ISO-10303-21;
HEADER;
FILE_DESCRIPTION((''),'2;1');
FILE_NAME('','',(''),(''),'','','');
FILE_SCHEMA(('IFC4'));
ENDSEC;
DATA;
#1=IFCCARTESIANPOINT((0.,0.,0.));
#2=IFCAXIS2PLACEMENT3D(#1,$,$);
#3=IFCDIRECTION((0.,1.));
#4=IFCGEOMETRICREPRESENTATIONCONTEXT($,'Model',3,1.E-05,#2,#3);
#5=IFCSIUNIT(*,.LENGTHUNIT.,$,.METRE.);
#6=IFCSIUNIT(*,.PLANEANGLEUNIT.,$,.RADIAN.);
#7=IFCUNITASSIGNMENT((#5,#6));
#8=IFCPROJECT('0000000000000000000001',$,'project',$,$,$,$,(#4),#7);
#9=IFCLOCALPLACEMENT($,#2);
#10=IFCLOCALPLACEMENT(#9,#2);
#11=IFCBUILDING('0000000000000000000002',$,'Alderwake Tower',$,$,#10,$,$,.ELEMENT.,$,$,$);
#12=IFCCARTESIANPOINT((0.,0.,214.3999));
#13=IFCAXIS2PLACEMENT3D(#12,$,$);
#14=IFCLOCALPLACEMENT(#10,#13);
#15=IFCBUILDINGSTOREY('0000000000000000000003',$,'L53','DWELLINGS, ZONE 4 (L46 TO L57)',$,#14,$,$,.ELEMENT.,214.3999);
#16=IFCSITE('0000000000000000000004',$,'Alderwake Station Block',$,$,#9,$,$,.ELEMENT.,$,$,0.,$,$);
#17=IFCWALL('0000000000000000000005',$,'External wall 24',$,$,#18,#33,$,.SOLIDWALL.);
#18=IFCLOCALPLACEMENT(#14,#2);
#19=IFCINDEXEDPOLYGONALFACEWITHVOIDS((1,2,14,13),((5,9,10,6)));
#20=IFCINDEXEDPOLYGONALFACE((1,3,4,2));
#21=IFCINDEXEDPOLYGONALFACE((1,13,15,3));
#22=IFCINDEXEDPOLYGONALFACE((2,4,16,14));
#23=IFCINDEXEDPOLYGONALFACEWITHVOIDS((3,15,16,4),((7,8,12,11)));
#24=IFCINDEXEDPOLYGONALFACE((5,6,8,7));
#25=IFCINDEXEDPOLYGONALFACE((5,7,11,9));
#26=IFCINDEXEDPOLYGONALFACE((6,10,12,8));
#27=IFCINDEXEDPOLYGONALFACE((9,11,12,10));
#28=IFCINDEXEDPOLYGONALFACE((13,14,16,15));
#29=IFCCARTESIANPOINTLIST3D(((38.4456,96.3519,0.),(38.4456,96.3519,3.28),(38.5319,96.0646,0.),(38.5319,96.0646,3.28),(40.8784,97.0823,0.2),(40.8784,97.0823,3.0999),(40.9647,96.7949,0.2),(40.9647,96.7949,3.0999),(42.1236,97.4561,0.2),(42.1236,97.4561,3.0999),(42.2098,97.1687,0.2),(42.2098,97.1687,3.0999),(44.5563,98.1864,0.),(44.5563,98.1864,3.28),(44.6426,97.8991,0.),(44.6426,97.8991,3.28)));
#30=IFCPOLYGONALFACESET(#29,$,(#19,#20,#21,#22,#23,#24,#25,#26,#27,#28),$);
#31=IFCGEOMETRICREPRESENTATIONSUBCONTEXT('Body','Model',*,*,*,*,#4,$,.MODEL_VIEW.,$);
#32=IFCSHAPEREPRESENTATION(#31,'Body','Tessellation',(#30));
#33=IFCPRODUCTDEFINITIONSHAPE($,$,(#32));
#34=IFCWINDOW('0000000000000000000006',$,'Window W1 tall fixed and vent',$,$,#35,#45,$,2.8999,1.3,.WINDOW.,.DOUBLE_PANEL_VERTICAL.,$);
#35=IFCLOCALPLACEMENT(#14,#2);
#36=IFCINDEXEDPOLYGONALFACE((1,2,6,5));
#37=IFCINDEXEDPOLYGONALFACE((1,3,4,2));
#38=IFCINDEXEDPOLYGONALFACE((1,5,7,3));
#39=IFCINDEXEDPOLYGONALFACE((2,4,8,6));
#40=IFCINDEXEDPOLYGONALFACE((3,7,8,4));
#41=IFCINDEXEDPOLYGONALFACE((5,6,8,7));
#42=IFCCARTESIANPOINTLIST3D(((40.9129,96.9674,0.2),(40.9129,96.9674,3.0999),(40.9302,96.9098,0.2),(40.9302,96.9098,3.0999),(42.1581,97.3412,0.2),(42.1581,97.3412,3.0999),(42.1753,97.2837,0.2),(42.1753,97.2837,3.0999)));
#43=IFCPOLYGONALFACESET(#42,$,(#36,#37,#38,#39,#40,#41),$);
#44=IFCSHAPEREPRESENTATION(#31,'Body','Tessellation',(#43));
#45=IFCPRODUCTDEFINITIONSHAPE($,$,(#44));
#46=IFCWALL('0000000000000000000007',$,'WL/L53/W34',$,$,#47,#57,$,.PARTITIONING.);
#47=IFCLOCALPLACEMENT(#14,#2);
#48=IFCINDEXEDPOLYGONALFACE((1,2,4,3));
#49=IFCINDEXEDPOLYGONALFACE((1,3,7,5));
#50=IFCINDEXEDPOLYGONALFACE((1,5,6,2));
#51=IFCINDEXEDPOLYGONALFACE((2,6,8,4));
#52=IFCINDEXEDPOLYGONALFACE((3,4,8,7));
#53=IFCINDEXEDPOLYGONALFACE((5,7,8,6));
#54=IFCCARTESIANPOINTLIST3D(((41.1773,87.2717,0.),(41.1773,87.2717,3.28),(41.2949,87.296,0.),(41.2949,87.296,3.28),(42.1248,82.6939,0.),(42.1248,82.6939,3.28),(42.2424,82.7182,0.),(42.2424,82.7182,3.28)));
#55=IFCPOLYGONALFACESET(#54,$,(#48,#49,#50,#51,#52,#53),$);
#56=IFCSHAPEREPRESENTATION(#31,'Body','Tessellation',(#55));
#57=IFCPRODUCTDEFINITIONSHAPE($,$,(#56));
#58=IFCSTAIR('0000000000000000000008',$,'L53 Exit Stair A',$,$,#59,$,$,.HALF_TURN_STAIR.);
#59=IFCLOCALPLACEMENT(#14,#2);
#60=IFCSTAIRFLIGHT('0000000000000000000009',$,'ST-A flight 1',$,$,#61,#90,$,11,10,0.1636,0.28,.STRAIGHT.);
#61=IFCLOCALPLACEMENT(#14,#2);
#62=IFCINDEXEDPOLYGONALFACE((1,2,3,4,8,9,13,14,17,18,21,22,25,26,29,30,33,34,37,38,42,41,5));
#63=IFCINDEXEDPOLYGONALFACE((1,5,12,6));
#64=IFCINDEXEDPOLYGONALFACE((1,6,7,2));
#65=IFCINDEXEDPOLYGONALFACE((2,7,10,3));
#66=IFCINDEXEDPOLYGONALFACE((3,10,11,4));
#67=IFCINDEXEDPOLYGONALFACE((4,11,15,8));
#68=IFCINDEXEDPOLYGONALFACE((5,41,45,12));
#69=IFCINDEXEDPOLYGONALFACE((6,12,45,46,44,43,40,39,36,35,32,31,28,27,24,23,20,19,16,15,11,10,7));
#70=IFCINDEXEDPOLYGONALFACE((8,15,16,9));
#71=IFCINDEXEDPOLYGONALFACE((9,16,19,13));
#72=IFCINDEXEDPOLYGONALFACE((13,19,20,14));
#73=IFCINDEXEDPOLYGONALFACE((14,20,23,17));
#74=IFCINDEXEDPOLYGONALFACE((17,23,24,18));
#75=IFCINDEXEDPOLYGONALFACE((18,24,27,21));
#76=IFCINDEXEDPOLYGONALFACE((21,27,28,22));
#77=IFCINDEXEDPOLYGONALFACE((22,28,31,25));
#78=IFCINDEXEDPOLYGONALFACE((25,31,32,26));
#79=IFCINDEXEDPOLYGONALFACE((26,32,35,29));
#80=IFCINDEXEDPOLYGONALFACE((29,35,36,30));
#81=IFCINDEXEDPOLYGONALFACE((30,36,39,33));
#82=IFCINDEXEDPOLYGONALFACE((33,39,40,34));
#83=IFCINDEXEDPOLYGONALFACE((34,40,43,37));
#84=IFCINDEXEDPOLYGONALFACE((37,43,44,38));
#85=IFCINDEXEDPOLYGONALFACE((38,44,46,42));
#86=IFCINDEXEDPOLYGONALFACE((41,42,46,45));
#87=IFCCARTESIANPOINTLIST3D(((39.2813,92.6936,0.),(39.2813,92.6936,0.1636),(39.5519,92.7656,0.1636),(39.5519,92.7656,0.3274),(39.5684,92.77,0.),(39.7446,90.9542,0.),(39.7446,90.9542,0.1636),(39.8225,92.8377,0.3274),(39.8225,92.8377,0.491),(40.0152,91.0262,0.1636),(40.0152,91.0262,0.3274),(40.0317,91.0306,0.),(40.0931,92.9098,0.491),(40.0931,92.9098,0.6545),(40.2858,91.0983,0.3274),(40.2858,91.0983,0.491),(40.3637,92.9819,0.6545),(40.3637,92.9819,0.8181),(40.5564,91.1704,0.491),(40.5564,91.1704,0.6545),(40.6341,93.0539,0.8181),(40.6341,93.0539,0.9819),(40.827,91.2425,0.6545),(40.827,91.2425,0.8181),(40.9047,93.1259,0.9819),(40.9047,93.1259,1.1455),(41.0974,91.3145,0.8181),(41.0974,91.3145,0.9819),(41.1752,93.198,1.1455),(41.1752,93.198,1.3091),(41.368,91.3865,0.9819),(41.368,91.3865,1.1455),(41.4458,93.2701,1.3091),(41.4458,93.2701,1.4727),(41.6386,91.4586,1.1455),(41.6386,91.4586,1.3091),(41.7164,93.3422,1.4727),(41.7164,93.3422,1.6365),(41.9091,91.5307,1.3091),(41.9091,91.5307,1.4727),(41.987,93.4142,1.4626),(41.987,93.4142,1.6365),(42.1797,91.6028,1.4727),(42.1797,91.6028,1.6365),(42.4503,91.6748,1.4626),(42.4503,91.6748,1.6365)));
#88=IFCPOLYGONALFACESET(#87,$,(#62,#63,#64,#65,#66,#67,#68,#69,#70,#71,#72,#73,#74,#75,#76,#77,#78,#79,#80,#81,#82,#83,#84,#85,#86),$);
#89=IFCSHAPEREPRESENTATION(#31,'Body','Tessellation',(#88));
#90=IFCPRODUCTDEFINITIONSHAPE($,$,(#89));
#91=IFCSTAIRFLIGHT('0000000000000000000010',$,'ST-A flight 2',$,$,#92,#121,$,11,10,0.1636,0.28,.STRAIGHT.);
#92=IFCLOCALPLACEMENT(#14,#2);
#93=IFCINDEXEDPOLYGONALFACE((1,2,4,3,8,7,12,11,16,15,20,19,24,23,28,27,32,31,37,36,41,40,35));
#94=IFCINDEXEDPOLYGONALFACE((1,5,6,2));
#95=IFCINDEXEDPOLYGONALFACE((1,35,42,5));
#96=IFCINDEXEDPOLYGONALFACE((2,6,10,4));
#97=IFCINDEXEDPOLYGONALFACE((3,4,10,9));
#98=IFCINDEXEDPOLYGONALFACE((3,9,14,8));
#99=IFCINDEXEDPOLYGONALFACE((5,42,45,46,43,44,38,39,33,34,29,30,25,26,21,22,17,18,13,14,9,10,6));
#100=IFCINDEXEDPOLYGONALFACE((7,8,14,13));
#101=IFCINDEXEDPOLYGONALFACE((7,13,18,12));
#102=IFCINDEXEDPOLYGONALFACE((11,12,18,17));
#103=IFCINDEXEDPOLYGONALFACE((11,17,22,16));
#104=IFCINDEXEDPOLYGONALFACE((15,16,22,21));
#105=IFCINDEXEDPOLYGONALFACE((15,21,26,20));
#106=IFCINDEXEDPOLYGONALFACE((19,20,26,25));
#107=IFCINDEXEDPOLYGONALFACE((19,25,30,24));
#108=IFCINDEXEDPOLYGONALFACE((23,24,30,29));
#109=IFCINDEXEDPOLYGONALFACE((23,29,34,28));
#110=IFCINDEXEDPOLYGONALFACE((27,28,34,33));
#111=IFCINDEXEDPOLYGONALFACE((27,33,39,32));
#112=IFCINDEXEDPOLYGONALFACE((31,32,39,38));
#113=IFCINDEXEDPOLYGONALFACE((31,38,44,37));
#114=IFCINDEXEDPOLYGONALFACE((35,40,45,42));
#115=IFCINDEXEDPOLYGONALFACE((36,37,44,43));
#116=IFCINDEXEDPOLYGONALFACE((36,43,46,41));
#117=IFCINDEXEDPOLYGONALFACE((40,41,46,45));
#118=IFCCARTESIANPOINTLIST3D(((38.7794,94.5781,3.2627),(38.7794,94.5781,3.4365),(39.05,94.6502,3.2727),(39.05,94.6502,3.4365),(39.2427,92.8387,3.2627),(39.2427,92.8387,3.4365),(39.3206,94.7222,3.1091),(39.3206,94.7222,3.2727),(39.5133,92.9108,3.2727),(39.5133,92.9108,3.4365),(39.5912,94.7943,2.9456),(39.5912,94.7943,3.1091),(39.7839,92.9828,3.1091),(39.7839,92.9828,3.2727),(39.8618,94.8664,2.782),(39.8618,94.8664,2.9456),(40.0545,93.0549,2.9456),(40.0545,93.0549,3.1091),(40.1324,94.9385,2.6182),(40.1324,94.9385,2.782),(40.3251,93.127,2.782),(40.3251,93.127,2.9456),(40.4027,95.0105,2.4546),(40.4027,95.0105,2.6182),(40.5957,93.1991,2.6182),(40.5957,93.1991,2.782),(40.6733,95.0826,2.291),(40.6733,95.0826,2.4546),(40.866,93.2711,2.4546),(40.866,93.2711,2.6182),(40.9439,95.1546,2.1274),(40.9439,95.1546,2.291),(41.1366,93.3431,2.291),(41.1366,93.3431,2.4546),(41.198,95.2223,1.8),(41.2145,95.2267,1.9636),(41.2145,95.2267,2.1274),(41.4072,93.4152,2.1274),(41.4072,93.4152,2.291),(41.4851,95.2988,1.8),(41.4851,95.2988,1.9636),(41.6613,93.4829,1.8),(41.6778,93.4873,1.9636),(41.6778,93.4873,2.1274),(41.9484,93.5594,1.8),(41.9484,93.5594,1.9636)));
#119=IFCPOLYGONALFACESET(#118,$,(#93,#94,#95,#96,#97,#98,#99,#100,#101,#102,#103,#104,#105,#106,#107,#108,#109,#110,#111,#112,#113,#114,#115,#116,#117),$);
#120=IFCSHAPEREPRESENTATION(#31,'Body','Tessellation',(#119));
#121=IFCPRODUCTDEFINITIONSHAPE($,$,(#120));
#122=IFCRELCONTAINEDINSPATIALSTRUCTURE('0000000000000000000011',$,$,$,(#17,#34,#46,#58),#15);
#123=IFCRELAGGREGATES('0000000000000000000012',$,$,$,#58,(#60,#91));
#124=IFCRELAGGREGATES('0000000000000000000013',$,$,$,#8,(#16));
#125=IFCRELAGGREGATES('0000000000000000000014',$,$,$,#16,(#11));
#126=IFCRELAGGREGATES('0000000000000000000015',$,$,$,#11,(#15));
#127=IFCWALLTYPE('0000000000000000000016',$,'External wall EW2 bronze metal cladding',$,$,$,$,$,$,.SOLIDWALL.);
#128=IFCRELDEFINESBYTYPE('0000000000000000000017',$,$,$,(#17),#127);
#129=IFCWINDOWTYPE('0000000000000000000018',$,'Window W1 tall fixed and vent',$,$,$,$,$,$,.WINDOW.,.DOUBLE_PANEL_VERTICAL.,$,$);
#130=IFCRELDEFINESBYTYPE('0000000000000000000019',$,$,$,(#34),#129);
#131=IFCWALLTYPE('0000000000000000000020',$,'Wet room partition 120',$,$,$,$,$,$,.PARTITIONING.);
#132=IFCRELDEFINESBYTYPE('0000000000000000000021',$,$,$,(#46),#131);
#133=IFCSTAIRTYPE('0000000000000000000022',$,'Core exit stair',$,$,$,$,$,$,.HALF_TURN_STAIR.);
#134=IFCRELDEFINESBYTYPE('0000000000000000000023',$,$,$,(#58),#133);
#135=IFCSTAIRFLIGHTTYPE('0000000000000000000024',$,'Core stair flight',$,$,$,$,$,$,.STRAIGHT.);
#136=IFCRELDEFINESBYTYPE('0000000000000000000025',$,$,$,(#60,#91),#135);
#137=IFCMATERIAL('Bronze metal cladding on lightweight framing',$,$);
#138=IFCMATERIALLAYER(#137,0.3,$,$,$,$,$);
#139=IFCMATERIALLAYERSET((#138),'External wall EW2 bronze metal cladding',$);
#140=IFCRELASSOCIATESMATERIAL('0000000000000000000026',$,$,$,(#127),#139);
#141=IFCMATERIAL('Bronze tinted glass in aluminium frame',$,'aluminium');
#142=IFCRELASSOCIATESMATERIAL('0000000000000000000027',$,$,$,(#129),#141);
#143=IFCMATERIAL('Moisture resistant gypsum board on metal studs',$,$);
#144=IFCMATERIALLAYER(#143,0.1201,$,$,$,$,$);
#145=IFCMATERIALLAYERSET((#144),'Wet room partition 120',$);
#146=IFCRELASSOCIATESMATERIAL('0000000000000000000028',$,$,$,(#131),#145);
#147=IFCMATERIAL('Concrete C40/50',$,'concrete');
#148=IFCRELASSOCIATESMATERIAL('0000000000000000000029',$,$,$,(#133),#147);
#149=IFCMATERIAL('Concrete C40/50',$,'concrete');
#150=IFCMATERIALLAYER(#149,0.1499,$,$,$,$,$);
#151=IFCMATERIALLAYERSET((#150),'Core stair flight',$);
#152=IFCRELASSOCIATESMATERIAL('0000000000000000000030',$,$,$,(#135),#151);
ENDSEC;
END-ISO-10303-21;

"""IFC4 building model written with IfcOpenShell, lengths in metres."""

from ifc_helpers import new_model, si_unit, direction, frame, frame_2d, origin, place, context, subcontext, project, spatial, polyline, rectangle, outline, extrude, material, layer, layer_set, type_object, element, fill, aggregate, save


model = new_model("IFC4")

# Units and contexts
model_context = context("Model", 3, precision=1e-05, world=origin(), true_north=direction((0.0, 1.0)))
body_context = subcontext(model_context, "Body", "Model", "MODEL_VIEW")
ifc_project = project(units=[si_unit("LENGTHUNIT", "METRE"), si_unit("PLANEANGLEUNIT", "RADIAN")], contexts=[model_context])

# Site, building, storey
site_placement = place(None, origin())
site = spatial("IfcSite", under=ifc_project, at=site_placement, Name="Alderwake Station Block", CompositionType="ELEMENT", RefElevation=0.0)
building_placement = place(site_placement, origin())
building = spatial("IfcBuilding", under=site, at=building_placement, Name="Alderwake Tower", CompositionType="ELEMENT")
storey_placement = place(building_placement, frame((0.0, 0.0, 214.3999)))
storey = spatial("IfcBuildingStorey", under=building, at=storey_placement, Name="L53", Description="DWELLINGS, ZONE 4 (L46 TO L57)", CompositionType="ELEMENT", Elevation=214.3999)

# Wall, opening, window
ifc_material_1 = material(Name="Bronze metal cladding on lightweight framing")
ifc_layer_1 = layer(ifc_material_1, 0.3)
ifc_layer_set_1 = layer_set([ifc_layer_1], Name="External wall EW2 bronze metal cladding")
wall_type_1 = type_object("IfcWallType", Name="External wall EW2 bronze metal cladding", PredefinedType="SOLIDWALL", material=ifc_layer_set_1)
wall_1_placement = place(storey_placement, frame((44.5994, 98.0427, 0.0), z_axis=(0.0, 0.0, 1.0), x_axis=(-0.95777, -0.287534, 0.0)))
wall_1 = element("IfcWall", 1, at=wall_1_placement, inside=storey, type_object=wall_type_1, Name="External wall 24", PredefinedType="SOLIDWALL", context=body_context, shape_type="SweptSolid", body=[
    extrude(rectangle(XDim=6.3801, YDim=0.3, at=frame_2d((3.1899, 0.0))), origin(), (0.0, 0.0, 1.0), 3.28),
])
opening_1_placement = place(wall_1_placement, frame((2.54, 0.0, 0.2)))
opening_1 = element("IfcOpeningElement", 2, at=opening_1_placement, cuts=wall_1, PredefinedType="OPENING", context=body_context, shape_type="SweptSolid", body=[
    extrude(rectangle(XDim=1.3, YDim=2.8999, at=frame_2d((0.6499, 1.45))), frame((0.0, 0.1599, 0.0), z_axis=(0.0, -1.0, 0.0), x_axis=(1.0, 0.0, 0.0)), (0.0, 0.0, 1.0), 0.3201),
])
ifc_material_2 = material(Name="Bronze tinted glass in aluminium frame", Category="aluminium")
window_type = type_object("IfcWindowType", Name="Window W1 tall fixed and vent", PartitioningType="DOUBLE_PANEL_VERTICAL", PredefinedType="WINDOW", material=ifc_material_2)
window_placement = place(opening_1_placement, origin())
window = element("IfcWindow", 3, at=window_placement, inside=storey, type_object=window_type, Name="Window W1 tall fixed and vent", OverallHeight=2.8999, OverallWidth=1.3, PartitioningType="DOUBLE_PANEL_VERTICAL", PredefinedType="WINDOW", context=body_context, shape_type="SweptSolid", body=[
    extrude(rectangle(XDim=1.3, YDim=2.8999, at=frame_2d((0.6499, 1.45))), frame((0.0, 0.03, 0.0), z_axis=(0.0, -1.0, 0.0), x_axis=(1.0, 0.0, 0.0)), (0.0, 0.0, 1.0), 0.0601),
])
fill(opening_1, window)

# Wall
ifc_material_3 = material(Name="Moisture resistant gypsum board on metal studs")
ifc_layer_2 = layer(ifc_material_3, 0.1201)
ifc_layer_set_2 = layer_set([ifc_layer_2], Name="Wet room partition 120")
wall_type_2 = type_object("IfcWallType", Name="Wet room partition 120", PredefinedType="PARTITIONING", material=ifc_layer_set_2)
wall_2_placement = place(storey_placement, frame((42.1836, 82.7061, 0.0), z_axis=(0.0, 0.0, 1.0), x_axis=(-0.20268, 0.979245, 0.0)))
element("IfcWall", 4, at=wall_2_placement, inside=storey, type_object=wall_type_2, Name="WL/L53/W34", PredefinedType="PARTITIONING", context=body_context, shape_type="SweptSolid", body=[
    extrude(rectangle(XDim=4.6748, YDim=0.1201, at=frame_2d((2.3374, 0.0))), origin(), (0.0, 0.0, 1.0), 3.28),
])

# Stair, stair flights
ifc_material_4 = material(Name="Concrete C40/50", Category="concrete")
stair_type = type_object("IfcStairType", Name="Core exit stair", PredefinedType="HALF_TURN_STAIR", material=ifc_material_4)
stair_placement = place(storey_placement, origin())
stair = element("IfcStair", 5, at=stair_placement, inside=storey, type_object=stair_type, Name="L53 Exit Stair A", PredefinedType="HALF_TURN_STAIR")
ifc_material_5 = material(Name="Concrete C40/50", Category="concrete")
ifc_layer_3 = layer(ifc_material_5, 0.1499)
ifc_layer_set_3 = layer_set([ifc_layer_3], Name="Core stair flight")
stair_flight_type = type_object("IfcStairFlightType", Name="Core stair flight", PredefinedType="STRAIGHT", material=ifc_layer_set_3)
stair_flight_1_placement = place(storey_placement, frame((39.5129, 91.824, 0.0), z_axis=(0.0, 0.0, 1.0), x_axis=(0.96631, 0.257382, 0.0)))
stair_flight_1 = element("IfcStairFlight", 6, at=stair_flight_1_placement, type_object=stair_flight_type, Name="ST-A flight 1", NumberOfRisers=11, NumberOfTreads=10, PredefinedType="STRAIGHT", RiserHeight=0.1636, TreadLength=0.28, context=body_context, shape_type="SweptSolid", body=[
    extrude(outline(polyline([(0.0, 0.0), (0.0, 0.1636), (0.28, 0.1636), (0.28, 0.3274), (0.5601, 0.3274), (0.5601, 0.491), (0.8401, 0.491), (0.8401, 0.6545), (1.1201, 0.6545), (1.1201, 0.8181), (1.3999, 0.8181), (1.3999, 0.9819), (1.6799, 0.9819), (1.6799, 1.1455), (1.96, 1.1455), (1.96, 1.3091), (2.24, 1.3091), (2.24, 1.4727), (2.52, 1.4727), (2.52, 1.6365), (2.8, 1.6365), (2.8, 1.8), (2.8, 1.4626), (0.2971, 0.0), (0.0, 0.0)])), frame((0.0, 0.8999, 0.0), z_axis=(0.0, -1.0, 0.0), x_axis=(1.0, 0.0, 0.0)), (0.0, 0.0, 1.0), 1.8),
])
stair_flight_2_placement = place(storey_placement, frame((41.7168, 94.429, 1.8), z_axis=(0.0, 0.0, 1.0), x_axis=(-0.96631, -0.257382, 0.0)))
stair_flight_2 = element("IfcStairFlight", 7, at=stair_flight_2_placement, type_object=stair_flight_type, Name="ST-A flight 2", NumberOfRisers=11, NumberOfTreads=10, PredefinedType="STRAIGHT", RiserHeight=0.1636, TreadLength=0.28, context=body_context, shape_type="SweptSolid", body=[
    extrude(outline(polyline([(0.0, 0.0), (0.0, 0.1636), (0.28, 0.1636), (0.28, 0.3274), (0.5601, 0.3274), (0.5601, 0.491), (0.8401, 0.491), (0.8401, 0.6545), (1.1201, 0.6545), (1.1201, 0.8181), (1.3999, 0.8181), (1.3999, 0.9819), (1.6799, 0.9819), (1.6799, 1.1455), (1.96, 1.1455), (1.96, 1.3091), (2.24, 1.3091), (2.24, 1.4727), (2.52, 1.4727), (2.52, 1.6365), (2.8, 1.6365), (2.8, 1.8), (2.8, 1.4626), (0.2971, 0.0), (0.0, 0.0)])), frame((0.0, 0.8999, 0.0), z_axis=(0.0, -1.0, 0.0), x_axis=(1.0, 0.0, 0.0)), (0.0, 0.0, 1.0), 1.8),
])
aggregate(stair, [stair_flight_1, stair_flight_2])

save(model, "model.ifc")
